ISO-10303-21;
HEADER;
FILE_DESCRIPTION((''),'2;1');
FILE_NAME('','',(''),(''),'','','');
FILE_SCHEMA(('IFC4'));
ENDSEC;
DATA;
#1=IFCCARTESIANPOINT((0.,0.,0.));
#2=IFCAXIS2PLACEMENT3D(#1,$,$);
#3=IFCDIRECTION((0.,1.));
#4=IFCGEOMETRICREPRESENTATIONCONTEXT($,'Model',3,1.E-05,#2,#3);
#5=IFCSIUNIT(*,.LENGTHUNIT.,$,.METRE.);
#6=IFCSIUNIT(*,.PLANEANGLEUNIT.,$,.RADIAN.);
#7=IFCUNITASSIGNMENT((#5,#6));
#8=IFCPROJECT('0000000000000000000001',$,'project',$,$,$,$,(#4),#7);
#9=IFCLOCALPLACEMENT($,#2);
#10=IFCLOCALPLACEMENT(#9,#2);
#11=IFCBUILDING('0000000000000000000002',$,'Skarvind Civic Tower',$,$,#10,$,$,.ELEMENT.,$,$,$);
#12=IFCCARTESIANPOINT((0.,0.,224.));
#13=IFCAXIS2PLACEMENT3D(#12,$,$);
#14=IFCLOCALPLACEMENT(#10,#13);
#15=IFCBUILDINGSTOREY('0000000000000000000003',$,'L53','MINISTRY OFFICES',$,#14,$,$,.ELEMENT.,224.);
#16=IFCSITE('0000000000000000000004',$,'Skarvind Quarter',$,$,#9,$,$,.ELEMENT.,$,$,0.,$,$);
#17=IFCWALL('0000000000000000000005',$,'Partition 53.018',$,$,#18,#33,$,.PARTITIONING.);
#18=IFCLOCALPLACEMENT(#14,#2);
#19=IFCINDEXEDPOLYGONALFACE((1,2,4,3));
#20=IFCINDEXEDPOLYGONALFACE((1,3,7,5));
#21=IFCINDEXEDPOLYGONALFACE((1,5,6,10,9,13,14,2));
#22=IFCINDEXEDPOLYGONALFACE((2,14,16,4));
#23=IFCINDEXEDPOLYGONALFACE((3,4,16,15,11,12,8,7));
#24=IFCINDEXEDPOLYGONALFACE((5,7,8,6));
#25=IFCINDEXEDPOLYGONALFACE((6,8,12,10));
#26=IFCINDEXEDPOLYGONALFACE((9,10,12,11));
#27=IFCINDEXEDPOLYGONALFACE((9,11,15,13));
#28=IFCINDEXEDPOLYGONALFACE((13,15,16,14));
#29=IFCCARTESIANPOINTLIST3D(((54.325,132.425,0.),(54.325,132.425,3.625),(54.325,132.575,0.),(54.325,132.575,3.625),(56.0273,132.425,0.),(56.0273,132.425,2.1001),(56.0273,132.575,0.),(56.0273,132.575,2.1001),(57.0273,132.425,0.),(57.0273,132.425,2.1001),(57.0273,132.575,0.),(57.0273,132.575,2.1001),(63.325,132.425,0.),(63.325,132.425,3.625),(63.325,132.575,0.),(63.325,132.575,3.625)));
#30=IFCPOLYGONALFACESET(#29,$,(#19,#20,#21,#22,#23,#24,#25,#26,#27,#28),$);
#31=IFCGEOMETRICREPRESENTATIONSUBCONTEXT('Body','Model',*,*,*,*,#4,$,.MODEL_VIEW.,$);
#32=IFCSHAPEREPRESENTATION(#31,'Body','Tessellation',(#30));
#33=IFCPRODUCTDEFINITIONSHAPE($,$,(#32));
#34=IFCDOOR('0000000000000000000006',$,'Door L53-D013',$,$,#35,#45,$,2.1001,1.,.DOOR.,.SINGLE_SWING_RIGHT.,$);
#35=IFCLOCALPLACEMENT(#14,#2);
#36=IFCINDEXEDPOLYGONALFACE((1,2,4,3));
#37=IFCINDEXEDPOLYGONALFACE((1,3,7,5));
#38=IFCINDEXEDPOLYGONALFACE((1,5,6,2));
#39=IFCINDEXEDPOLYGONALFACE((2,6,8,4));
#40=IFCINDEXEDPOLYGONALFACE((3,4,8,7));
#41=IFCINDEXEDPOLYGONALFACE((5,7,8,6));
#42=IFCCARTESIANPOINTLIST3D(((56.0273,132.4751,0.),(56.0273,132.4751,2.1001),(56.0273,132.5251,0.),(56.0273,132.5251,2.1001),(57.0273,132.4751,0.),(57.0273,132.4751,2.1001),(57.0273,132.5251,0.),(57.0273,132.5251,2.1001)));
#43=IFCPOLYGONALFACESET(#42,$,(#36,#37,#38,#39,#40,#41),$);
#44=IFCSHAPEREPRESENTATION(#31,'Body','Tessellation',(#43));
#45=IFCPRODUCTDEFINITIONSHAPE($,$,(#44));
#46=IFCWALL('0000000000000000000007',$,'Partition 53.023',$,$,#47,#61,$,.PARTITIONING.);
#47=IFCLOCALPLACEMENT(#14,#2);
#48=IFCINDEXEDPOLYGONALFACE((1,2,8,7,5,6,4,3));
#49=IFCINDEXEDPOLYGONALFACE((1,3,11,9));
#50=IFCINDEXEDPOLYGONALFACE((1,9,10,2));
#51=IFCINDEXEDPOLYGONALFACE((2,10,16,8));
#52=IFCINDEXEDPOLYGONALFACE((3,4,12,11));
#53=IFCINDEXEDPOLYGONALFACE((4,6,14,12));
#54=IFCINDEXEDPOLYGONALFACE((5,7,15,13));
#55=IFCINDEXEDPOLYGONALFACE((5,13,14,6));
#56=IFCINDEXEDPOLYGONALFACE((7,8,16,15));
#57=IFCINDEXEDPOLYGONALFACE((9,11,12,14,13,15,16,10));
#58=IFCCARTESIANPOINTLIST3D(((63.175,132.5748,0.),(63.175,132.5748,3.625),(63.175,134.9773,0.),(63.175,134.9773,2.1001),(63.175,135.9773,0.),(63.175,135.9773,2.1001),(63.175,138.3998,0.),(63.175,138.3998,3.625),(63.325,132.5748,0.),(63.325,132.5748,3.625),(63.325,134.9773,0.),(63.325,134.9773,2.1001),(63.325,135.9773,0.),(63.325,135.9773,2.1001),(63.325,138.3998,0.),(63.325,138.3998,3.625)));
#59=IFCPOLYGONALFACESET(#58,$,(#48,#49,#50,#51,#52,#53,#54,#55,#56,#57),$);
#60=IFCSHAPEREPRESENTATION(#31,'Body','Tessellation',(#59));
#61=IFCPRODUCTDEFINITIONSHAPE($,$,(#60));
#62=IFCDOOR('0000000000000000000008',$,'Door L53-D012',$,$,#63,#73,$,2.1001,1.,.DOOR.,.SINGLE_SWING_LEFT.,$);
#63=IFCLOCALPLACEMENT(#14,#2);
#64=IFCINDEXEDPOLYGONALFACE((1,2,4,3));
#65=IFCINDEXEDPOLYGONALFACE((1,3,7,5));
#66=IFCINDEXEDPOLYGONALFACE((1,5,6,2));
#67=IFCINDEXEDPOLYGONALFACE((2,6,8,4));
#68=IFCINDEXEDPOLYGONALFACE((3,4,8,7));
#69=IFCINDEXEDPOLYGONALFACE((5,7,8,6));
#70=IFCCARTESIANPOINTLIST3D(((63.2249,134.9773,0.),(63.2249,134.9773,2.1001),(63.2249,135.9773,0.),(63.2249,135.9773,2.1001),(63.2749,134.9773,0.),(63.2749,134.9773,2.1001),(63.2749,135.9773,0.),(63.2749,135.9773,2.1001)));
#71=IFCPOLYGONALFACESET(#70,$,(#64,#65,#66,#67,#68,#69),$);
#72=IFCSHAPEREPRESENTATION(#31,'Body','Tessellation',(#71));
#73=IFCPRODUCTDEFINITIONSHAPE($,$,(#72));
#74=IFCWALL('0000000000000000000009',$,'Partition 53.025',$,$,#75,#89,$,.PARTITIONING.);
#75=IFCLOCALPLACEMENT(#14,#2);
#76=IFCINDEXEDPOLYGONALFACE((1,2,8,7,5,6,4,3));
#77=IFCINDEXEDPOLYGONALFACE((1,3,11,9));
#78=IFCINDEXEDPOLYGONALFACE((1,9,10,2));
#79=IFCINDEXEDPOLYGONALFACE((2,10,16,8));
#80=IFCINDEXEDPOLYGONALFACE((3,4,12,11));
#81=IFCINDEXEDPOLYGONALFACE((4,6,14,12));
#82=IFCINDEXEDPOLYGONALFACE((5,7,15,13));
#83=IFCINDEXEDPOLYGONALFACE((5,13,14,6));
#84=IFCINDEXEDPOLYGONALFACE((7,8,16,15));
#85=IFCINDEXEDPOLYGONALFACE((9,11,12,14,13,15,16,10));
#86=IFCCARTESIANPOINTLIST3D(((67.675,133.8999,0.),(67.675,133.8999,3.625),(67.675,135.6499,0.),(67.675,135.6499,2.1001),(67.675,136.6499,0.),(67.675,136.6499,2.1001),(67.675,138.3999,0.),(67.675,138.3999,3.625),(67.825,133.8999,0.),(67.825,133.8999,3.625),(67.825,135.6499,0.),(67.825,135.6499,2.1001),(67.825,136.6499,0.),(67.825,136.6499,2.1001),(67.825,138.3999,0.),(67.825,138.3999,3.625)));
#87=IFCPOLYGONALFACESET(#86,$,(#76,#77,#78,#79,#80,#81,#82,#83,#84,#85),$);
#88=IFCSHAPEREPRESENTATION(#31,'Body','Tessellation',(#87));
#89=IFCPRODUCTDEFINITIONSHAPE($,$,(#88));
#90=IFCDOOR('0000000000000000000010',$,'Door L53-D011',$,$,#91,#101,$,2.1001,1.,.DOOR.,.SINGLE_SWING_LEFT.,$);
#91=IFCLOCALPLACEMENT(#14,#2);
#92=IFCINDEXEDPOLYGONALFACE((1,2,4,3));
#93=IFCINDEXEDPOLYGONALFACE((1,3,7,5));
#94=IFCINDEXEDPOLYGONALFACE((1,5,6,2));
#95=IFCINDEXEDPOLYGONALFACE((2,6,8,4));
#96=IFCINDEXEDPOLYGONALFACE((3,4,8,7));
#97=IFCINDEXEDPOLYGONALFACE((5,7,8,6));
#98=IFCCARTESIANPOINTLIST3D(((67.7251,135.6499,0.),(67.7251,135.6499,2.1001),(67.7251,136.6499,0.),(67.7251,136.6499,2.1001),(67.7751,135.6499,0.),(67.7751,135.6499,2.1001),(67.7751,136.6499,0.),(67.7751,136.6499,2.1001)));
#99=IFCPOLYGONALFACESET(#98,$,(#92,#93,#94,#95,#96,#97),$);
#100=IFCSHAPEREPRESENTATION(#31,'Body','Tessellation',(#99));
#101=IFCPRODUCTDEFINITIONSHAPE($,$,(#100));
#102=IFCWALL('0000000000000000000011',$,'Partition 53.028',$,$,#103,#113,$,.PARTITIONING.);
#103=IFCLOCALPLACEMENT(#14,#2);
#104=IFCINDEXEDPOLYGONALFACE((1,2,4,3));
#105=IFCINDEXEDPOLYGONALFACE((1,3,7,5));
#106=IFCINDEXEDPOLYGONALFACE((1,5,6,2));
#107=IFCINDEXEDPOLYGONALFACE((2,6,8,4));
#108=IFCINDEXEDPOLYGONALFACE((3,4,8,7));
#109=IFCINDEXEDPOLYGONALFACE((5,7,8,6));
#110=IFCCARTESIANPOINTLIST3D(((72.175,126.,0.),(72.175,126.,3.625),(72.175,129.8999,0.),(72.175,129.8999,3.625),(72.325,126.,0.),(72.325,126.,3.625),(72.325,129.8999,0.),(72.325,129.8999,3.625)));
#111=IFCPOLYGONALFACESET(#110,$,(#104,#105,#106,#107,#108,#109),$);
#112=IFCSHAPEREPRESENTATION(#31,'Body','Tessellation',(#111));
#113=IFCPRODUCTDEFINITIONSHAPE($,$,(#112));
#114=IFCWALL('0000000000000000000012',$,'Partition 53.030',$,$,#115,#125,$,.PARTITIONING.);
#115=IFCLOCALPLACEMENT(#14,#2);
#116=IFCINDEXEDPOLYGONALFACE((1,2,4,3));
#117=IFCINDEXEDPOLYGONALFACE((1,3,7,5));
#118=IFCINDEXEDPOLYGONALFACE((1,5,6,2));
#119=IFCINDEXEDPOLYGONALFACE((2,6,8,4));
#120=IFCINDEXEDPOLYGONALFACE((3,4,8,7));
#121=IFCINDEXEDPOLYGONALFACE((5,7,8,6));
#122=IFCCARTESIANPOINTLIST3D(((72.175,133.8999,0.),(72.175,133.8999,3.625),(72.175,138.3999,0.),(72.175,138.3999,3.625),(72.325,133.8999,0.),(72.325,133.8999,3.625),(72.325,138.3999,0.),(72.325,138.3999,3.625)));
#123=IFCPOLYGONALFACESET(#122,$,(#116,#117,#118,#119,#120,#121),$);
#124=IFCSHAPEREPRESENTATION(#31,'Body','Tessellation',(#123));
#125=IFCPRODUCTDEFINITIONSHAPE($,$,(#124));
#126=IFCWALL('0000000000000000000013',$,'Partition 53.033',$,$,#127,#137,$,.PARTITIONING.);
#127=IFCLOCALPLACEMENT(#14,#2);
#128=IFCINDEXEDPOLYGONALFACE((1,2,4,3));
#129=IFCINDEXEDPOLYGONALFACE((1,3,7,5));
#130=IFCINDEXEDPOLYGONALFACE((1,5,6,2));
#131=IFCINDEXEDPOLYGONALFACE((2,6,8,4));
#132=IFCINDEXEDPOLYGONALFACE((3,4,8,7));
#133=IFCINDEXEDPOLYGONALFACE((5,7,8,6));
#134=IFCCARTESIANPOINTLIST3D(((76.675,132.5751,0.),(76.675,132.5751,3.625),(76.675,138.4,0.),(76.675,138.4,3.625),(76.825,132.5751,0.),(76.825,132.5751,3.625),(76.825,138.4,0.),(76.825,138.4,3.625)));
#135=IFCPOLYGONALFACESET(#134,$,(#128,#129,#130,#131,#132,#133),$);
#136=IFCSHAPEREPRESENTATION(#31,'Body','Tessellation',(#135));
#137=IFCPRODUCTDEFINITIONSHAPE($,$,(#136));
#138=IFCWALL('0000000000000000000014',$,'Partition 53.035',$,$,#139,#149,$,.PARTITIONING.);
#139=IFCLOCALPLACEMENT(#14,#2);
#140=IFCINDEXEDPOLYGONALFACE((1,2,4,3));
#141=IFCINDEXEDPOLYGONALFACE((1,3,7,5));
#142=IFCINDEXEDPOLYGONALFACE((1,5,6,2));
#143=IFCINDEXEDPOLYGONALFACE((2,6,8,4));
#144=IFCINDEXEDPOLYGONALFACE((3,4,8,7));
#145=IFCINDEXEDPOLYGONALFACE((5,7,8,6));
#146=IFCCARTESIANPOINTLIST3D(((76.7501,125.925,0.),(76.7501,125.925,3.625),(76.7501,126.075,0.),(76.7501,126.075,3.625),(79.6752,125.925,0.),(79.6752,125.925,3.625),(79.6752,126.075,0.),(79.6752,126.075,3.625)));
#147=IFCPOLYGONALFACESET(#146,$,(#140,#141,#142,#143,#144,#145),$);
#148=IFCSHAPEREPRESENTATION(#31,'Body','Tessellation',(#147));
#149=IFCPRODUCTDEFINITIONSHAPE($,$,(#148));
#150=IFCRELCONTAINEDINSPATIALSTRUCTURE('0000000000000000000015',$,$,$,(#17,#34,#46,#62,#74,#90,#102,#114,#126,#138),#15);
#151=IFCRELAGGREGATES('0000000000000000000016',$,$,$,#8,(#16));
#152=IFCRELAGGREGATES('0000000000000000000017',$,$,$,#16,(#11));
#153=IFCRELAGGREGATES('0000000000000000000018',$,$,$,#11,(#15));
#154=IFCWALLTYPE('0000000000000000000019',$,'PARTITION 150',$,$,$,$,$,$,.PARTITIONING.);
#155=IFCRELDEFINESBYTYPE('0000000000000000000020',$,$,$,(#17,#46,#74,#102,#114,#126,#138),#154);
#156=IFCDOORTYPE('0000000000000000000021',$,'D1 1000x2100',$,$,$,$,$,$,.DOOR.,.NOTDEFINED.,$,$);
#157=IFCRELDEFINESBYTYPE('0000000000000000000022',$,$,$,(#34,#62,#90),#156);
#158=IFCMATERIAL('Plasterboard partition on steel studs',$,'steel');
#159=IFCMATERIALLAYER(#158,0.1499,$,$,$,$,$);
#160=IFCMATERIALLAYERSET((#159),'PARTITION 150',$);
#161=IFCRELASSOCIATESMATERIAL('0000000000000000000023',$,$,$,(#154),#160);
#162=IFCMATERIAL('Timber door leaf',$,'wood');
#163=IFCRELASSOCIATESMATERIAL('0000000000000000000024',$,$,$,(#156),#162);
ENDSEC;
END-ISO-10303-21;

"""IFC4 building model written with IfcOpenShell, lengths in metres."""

from ifc_helpers import new_model, si_unit, direction, frame, frame_2d, origin, place, context, subcontext, project, spatial, rectangle, extrude, material, layer, layer_set, type_object, element, fill, save


model = new_model("IFC4")

# Units and contexts
model_context = context("Model", 3, precision=1e-05, world=origin(), true_north=direction((0.0, 1.0)))
body_context = subcontext(model_context, "Body", "Model", "MODEL_VIEW")
ifc_project = project(units=[si_unit("LENGTHUNIT", "METRE"), si_unit("PLANEANGLEUNIT", "RADIAN")], contexts=[model_context])

# Site, building, storey
site_placement = place(None, origin())
site = spatial("IfcSite", under=ifc_project, at=site_placement, Name="Skarvind Quarter", CompositionType="ELEMENT", RefElevation=0.0)
building_placement = place(site_placement, origin())
building = spatial("IfcBuilding", under=site, at=building_placement, Name="Skarvind Civic Tower", CompositionType="ELEMENT")
storey_placement = place(building_placement, frame((0.0, 0.0, 224.0)))
storey = spatial("IfcBuildingStorey", under=building, at=storey_placement, Name="L53", Description="MINISTRY OFFICES", CompositionType="ELEMENT", Elevation=224.0)

# Walls, openings, doors
ifc_material_1 = material(Name="Plasterboard partition on steel studs", Category="steel")
ifc_layer_1 = layer(ifc_material_1, 0.1499)
ifc_layer_set_1 = layer_set([ifc_layer_1], Name="PARTITION 150")
wall_type_1 = type_object("IfcWallType", Name="PARTITION 150", PredefinedType="PARTITIONING", material=ifc_layer_set_1)
wall_1_placement = place(storey_placement, frame((63.325, 132.5, 0.0), z_axis=(0.0, 0.0, 1.0), x_axis=(-1.0, 0.0, 0.0)))
wall_1 = element("IfcWall", 1, at=wall_1_placement, inside=storey, type_object=wall_type_1, Name="Partition 53.018", PredefinedType="PARTITIONING", context=body_context, shape_type="SweptSolid", body=[
    extrude(rectangle(XDim=9.0, YDim=0.1499, at=frame_2d((4.5, 0.0))), origin(), (0.0, 0.0, 1.0), 3.625),
])
opening_1_placement = place(wall_1_placement, frame((6.2976, 0.0, 0.0)))
opening_1 = element("IfcOpeningElement", 2, at=opening_1_placement, cuts=wall_1, PredefinedType="OPENING", context=body_context, shape_type="SweptSolid", body=[
    extrude(rectangle(XDim=1.0, YDim=2.1001, at=frame_2d((0.5, 1.05))), frame((0.0, 0.085, 0.0), z_axis=(0.0, -1.0, 0.0), x_axis=(1.0, 0.0, 0.0)), (0.0, 0.0, 1.0), 0.1699),
])
ifc_material_2 = material(Name="Timber door leaf", Category="wood")
door_type_1 = type_object("IfcDoorType", Name="D1 1000x2100", OperationType="NOTDEFINED", PredefinedType="DOOR", material=ifc_material_2)
door_1_placement = place(opening_1_placement, origin())
door_1 = element("IfcDoor", 3, at=door_1_placement, inside=storey, type_object=door_type_1, Name="Door L53-D013", OperationType="SINGLE_SWING_RIGHT", OverallHeight=2.1001, OverallWidth=1.0, PredefinedType="DOOR", context=body_context, shape_type="SweptSolid", body=[
    extrude(rectangle(XDim=1.0, YDim=2.1001, at=frame_2d((0.5, 1.05))), frame((0.0, 0.0249, 0.0), z_axis=(0.0, -1.0, 0.0), x_axis=(1.0, 0.0, 0.0)), (0.0, 0.0, 1.0), 0.05),
])
fill(opening_1, door_1)
wall_2_placement = place(storey_placement, frame((63.25, 138.3999, 0.0), z_axis=(0.0, 0.0, 1.0), x_axis=(0.0, -1.0, 0.0)))
wall_2 = element("IfcWall", 4, at=wall_2_placement, inside=storey, type_object=wall_type_1, Name="Partition 53.023", PredefinedType="PARTITIONING", context=body_context, shape_type="SweptSolid", body=[
    extrude(rectangle(XDim=5.825, YDim=0.1499, at=frame_2d((2.9126, 0.0))), origin(), (0.0, 0.0, 1.0), 3.625),
])
opening_2_placement = place(wall_2_placement, frame((2.4226, 0.0, 0.0)))
opening_2 = element("IfcOpeningElement", 5, at=opening_2_placement, cuts=wall_2, PredefinedType="OPENING", context=body_context, shape_type="SweptSolid", body=[
    extrude(rectangle(XDim=1.0, YDim=2.1001, at=frame_2d((0.5, 1.05))), frame((0.0, 0.085, 0.0), z_axis=(0.0, -1.0, 0.0), x_axis=(1.0, 0.0, 0.0)), (0.0, 0.0, 1.0), 0.1699),
])
door_2_placement = place(opening_2_placement, origin())
door_2 = element("IfcDoor", 6, at=door_2_placement, inside=storey, type_object=door_type_1, Name="Door L53-D012", OperationType="SINGLE_SWING_LEFT", OverallHeight=2.1001, OverallWidth=1.0, PredefinedType="DOOR", context=body_context, shape_type="SweptSolid", body=[
    extrude(rectangle(XDim=1.0, YDim=2.1001, at=frame_2d((0.5, 1.05))), frame((0.0, 0.0249, 0.0), z_axis=(0.0, -1.0, 0.0), x_axis=(1.0, 0.0, 0.0)), (0.0, 0.0, 1.0), 0.05),
])
fill(opening_2, door_2)
wall_3_placement = place(storey_placement, frame((67.75, 133.8999, 0.0), z_axis=(0.0, 0.0, 1.0), x_axis=(0.0, 1.0, 0.0)))
wall_3 = element("IfcWall", 7, at=wall_3_placement, inside=storey, type_object=wall_type_1, Name="Partition 53.025", PredefinedType="PARTITIONING", context=body_context, shape_type="SweptSolid", body=[
    extrude(rectangle(XDim=4.5, YDim=0.1499, at=frame_2d((2.25, 0.0))), origin(), (0.0, 0.0, 1.0), 3.625),
])
opening_3_placement = place(wall_3_placement, frame((1.75, 0.0, 0.0)))
opening_3 = element("IfcOpeningElement", 8, at=opening_3_placement, cuts=wall_3, PredefinedType="OPENING", context=body_context, shape_type="SweptSolid", body=[
    extrude(rectangle(XDim=1.0, YDim=2.1001, at=frame_2d((0.5, 1.05))), frame((0.0, 0.085, 0.0), z_axis=(0.0, -1.0, 0.0), x_axis=(1.0, 0.0, 0.0)), (0.0, 0.0, 1.0), 0.1699),
])
door_3_placement = place(opening_3_placement, origin())
door_3 = element("IfcDoor", 9, at=door_3_placement, inside=storey, type_object=door_type_1, Name="Door L53-D011", OperationType="SINGLE_SWING_LEFT", OverallHeight=2.1001, OverallWidth=1.0, PredefinedType="DOOR", context=body_context, shape_type="SweptSolid", body=[
    extrude(rectangle(XDim=1.0, YDim=2.1001, at=frame_2d((0.5, 1.05))), frame((0.0, 0.0249, 0.0), z_axis=(0.0, -1.0, 0.0), x_axis=(1.0, 0.0, 0.0)), (0.0, 0.0, 1.0), 0.05),
])
fill(opening_3, door_3)

# Walls
wall_4_placement = place(storey_placement, frame((72.25, 126.0, 0.0), z_axis=(0.0, 0.0, 1.0), x_axis=(0.0, 1.0, 0.0)))
element("IfcWall", 10, at=wall_4_placement, inside=storey, type_object=wall_type_1, Name="Partition 53.028", PredefinedType="PARTITIONING", context=body_context, shape_type="SweptSolid", body=[
    extrude(rectangle(XDim=3.8999, YDim=0.1499, at=frame_2d((1.95, 0.0))), origin(), (0.0, 0.0, 1.0), 3.625),
])
wall_5_placement = place(storey_placement, frame((72.25, 133.8999, 0.0), z_axis=(0.0, 0.0, 1.0), x_axis=(0.0, 1.0, 0.0)))
element("IfcWall", 11, at=wall_5_placement, inside=storey, type_object=wall_type_1, Name="Partition 53.030", PredefinedType="PARTITIONING", context=body_context, shape_type="SweptSolid", body=[
    extrude(rectangle(XDim=4.5, YDim=0.1499, at=frame_2d((2.25, 0.0))), origin(), (0.0, 0.0, 1.0), 3.625),
])
wall_6_placement = place(storey_placement, frame((76.75, 132.575, 0.0), z_axis=(0.0, 0.0, 1.0), x_axis=(0.0, 1.0, 0.0)))
element("IfcWall", 12, at=wall_6_placement, inside=storey, type_object=wall_type_1, Name="Partition 53.033", PredefinedType="PARTITIONING", context=body_context, shape_type="SweptSolid", body=[
    extrude(rectangle(XDim=5.825, YDim=0.1499, at=frame_2d((2.9126, 0.0))), origin(), (0.0, 0.0, 1.0), 3.625),
])
wall_7_placement = place(storey_placement, frame((79.675, 126.0, 0.0), z_axis=(0.0, 0.0, 1.0), x_axis=(-1.0, 0.0, 0.0)))
element("IfcWall", 13, at=wall_7_placement, inside=storey, type_object=wall_type_1, Name="Partition 53.035", PredefinedType="PARTITIONING", context=body_context, shape_type="SweptSolid", body=[
    extrude(rectangle(XDim=2.925, YDim=0.1499, at=frame_2d((1.4624, 0.0))), origin(), (0.0, 0.0, 1.0), 3.625),
])

save(model, "model.ifc")
